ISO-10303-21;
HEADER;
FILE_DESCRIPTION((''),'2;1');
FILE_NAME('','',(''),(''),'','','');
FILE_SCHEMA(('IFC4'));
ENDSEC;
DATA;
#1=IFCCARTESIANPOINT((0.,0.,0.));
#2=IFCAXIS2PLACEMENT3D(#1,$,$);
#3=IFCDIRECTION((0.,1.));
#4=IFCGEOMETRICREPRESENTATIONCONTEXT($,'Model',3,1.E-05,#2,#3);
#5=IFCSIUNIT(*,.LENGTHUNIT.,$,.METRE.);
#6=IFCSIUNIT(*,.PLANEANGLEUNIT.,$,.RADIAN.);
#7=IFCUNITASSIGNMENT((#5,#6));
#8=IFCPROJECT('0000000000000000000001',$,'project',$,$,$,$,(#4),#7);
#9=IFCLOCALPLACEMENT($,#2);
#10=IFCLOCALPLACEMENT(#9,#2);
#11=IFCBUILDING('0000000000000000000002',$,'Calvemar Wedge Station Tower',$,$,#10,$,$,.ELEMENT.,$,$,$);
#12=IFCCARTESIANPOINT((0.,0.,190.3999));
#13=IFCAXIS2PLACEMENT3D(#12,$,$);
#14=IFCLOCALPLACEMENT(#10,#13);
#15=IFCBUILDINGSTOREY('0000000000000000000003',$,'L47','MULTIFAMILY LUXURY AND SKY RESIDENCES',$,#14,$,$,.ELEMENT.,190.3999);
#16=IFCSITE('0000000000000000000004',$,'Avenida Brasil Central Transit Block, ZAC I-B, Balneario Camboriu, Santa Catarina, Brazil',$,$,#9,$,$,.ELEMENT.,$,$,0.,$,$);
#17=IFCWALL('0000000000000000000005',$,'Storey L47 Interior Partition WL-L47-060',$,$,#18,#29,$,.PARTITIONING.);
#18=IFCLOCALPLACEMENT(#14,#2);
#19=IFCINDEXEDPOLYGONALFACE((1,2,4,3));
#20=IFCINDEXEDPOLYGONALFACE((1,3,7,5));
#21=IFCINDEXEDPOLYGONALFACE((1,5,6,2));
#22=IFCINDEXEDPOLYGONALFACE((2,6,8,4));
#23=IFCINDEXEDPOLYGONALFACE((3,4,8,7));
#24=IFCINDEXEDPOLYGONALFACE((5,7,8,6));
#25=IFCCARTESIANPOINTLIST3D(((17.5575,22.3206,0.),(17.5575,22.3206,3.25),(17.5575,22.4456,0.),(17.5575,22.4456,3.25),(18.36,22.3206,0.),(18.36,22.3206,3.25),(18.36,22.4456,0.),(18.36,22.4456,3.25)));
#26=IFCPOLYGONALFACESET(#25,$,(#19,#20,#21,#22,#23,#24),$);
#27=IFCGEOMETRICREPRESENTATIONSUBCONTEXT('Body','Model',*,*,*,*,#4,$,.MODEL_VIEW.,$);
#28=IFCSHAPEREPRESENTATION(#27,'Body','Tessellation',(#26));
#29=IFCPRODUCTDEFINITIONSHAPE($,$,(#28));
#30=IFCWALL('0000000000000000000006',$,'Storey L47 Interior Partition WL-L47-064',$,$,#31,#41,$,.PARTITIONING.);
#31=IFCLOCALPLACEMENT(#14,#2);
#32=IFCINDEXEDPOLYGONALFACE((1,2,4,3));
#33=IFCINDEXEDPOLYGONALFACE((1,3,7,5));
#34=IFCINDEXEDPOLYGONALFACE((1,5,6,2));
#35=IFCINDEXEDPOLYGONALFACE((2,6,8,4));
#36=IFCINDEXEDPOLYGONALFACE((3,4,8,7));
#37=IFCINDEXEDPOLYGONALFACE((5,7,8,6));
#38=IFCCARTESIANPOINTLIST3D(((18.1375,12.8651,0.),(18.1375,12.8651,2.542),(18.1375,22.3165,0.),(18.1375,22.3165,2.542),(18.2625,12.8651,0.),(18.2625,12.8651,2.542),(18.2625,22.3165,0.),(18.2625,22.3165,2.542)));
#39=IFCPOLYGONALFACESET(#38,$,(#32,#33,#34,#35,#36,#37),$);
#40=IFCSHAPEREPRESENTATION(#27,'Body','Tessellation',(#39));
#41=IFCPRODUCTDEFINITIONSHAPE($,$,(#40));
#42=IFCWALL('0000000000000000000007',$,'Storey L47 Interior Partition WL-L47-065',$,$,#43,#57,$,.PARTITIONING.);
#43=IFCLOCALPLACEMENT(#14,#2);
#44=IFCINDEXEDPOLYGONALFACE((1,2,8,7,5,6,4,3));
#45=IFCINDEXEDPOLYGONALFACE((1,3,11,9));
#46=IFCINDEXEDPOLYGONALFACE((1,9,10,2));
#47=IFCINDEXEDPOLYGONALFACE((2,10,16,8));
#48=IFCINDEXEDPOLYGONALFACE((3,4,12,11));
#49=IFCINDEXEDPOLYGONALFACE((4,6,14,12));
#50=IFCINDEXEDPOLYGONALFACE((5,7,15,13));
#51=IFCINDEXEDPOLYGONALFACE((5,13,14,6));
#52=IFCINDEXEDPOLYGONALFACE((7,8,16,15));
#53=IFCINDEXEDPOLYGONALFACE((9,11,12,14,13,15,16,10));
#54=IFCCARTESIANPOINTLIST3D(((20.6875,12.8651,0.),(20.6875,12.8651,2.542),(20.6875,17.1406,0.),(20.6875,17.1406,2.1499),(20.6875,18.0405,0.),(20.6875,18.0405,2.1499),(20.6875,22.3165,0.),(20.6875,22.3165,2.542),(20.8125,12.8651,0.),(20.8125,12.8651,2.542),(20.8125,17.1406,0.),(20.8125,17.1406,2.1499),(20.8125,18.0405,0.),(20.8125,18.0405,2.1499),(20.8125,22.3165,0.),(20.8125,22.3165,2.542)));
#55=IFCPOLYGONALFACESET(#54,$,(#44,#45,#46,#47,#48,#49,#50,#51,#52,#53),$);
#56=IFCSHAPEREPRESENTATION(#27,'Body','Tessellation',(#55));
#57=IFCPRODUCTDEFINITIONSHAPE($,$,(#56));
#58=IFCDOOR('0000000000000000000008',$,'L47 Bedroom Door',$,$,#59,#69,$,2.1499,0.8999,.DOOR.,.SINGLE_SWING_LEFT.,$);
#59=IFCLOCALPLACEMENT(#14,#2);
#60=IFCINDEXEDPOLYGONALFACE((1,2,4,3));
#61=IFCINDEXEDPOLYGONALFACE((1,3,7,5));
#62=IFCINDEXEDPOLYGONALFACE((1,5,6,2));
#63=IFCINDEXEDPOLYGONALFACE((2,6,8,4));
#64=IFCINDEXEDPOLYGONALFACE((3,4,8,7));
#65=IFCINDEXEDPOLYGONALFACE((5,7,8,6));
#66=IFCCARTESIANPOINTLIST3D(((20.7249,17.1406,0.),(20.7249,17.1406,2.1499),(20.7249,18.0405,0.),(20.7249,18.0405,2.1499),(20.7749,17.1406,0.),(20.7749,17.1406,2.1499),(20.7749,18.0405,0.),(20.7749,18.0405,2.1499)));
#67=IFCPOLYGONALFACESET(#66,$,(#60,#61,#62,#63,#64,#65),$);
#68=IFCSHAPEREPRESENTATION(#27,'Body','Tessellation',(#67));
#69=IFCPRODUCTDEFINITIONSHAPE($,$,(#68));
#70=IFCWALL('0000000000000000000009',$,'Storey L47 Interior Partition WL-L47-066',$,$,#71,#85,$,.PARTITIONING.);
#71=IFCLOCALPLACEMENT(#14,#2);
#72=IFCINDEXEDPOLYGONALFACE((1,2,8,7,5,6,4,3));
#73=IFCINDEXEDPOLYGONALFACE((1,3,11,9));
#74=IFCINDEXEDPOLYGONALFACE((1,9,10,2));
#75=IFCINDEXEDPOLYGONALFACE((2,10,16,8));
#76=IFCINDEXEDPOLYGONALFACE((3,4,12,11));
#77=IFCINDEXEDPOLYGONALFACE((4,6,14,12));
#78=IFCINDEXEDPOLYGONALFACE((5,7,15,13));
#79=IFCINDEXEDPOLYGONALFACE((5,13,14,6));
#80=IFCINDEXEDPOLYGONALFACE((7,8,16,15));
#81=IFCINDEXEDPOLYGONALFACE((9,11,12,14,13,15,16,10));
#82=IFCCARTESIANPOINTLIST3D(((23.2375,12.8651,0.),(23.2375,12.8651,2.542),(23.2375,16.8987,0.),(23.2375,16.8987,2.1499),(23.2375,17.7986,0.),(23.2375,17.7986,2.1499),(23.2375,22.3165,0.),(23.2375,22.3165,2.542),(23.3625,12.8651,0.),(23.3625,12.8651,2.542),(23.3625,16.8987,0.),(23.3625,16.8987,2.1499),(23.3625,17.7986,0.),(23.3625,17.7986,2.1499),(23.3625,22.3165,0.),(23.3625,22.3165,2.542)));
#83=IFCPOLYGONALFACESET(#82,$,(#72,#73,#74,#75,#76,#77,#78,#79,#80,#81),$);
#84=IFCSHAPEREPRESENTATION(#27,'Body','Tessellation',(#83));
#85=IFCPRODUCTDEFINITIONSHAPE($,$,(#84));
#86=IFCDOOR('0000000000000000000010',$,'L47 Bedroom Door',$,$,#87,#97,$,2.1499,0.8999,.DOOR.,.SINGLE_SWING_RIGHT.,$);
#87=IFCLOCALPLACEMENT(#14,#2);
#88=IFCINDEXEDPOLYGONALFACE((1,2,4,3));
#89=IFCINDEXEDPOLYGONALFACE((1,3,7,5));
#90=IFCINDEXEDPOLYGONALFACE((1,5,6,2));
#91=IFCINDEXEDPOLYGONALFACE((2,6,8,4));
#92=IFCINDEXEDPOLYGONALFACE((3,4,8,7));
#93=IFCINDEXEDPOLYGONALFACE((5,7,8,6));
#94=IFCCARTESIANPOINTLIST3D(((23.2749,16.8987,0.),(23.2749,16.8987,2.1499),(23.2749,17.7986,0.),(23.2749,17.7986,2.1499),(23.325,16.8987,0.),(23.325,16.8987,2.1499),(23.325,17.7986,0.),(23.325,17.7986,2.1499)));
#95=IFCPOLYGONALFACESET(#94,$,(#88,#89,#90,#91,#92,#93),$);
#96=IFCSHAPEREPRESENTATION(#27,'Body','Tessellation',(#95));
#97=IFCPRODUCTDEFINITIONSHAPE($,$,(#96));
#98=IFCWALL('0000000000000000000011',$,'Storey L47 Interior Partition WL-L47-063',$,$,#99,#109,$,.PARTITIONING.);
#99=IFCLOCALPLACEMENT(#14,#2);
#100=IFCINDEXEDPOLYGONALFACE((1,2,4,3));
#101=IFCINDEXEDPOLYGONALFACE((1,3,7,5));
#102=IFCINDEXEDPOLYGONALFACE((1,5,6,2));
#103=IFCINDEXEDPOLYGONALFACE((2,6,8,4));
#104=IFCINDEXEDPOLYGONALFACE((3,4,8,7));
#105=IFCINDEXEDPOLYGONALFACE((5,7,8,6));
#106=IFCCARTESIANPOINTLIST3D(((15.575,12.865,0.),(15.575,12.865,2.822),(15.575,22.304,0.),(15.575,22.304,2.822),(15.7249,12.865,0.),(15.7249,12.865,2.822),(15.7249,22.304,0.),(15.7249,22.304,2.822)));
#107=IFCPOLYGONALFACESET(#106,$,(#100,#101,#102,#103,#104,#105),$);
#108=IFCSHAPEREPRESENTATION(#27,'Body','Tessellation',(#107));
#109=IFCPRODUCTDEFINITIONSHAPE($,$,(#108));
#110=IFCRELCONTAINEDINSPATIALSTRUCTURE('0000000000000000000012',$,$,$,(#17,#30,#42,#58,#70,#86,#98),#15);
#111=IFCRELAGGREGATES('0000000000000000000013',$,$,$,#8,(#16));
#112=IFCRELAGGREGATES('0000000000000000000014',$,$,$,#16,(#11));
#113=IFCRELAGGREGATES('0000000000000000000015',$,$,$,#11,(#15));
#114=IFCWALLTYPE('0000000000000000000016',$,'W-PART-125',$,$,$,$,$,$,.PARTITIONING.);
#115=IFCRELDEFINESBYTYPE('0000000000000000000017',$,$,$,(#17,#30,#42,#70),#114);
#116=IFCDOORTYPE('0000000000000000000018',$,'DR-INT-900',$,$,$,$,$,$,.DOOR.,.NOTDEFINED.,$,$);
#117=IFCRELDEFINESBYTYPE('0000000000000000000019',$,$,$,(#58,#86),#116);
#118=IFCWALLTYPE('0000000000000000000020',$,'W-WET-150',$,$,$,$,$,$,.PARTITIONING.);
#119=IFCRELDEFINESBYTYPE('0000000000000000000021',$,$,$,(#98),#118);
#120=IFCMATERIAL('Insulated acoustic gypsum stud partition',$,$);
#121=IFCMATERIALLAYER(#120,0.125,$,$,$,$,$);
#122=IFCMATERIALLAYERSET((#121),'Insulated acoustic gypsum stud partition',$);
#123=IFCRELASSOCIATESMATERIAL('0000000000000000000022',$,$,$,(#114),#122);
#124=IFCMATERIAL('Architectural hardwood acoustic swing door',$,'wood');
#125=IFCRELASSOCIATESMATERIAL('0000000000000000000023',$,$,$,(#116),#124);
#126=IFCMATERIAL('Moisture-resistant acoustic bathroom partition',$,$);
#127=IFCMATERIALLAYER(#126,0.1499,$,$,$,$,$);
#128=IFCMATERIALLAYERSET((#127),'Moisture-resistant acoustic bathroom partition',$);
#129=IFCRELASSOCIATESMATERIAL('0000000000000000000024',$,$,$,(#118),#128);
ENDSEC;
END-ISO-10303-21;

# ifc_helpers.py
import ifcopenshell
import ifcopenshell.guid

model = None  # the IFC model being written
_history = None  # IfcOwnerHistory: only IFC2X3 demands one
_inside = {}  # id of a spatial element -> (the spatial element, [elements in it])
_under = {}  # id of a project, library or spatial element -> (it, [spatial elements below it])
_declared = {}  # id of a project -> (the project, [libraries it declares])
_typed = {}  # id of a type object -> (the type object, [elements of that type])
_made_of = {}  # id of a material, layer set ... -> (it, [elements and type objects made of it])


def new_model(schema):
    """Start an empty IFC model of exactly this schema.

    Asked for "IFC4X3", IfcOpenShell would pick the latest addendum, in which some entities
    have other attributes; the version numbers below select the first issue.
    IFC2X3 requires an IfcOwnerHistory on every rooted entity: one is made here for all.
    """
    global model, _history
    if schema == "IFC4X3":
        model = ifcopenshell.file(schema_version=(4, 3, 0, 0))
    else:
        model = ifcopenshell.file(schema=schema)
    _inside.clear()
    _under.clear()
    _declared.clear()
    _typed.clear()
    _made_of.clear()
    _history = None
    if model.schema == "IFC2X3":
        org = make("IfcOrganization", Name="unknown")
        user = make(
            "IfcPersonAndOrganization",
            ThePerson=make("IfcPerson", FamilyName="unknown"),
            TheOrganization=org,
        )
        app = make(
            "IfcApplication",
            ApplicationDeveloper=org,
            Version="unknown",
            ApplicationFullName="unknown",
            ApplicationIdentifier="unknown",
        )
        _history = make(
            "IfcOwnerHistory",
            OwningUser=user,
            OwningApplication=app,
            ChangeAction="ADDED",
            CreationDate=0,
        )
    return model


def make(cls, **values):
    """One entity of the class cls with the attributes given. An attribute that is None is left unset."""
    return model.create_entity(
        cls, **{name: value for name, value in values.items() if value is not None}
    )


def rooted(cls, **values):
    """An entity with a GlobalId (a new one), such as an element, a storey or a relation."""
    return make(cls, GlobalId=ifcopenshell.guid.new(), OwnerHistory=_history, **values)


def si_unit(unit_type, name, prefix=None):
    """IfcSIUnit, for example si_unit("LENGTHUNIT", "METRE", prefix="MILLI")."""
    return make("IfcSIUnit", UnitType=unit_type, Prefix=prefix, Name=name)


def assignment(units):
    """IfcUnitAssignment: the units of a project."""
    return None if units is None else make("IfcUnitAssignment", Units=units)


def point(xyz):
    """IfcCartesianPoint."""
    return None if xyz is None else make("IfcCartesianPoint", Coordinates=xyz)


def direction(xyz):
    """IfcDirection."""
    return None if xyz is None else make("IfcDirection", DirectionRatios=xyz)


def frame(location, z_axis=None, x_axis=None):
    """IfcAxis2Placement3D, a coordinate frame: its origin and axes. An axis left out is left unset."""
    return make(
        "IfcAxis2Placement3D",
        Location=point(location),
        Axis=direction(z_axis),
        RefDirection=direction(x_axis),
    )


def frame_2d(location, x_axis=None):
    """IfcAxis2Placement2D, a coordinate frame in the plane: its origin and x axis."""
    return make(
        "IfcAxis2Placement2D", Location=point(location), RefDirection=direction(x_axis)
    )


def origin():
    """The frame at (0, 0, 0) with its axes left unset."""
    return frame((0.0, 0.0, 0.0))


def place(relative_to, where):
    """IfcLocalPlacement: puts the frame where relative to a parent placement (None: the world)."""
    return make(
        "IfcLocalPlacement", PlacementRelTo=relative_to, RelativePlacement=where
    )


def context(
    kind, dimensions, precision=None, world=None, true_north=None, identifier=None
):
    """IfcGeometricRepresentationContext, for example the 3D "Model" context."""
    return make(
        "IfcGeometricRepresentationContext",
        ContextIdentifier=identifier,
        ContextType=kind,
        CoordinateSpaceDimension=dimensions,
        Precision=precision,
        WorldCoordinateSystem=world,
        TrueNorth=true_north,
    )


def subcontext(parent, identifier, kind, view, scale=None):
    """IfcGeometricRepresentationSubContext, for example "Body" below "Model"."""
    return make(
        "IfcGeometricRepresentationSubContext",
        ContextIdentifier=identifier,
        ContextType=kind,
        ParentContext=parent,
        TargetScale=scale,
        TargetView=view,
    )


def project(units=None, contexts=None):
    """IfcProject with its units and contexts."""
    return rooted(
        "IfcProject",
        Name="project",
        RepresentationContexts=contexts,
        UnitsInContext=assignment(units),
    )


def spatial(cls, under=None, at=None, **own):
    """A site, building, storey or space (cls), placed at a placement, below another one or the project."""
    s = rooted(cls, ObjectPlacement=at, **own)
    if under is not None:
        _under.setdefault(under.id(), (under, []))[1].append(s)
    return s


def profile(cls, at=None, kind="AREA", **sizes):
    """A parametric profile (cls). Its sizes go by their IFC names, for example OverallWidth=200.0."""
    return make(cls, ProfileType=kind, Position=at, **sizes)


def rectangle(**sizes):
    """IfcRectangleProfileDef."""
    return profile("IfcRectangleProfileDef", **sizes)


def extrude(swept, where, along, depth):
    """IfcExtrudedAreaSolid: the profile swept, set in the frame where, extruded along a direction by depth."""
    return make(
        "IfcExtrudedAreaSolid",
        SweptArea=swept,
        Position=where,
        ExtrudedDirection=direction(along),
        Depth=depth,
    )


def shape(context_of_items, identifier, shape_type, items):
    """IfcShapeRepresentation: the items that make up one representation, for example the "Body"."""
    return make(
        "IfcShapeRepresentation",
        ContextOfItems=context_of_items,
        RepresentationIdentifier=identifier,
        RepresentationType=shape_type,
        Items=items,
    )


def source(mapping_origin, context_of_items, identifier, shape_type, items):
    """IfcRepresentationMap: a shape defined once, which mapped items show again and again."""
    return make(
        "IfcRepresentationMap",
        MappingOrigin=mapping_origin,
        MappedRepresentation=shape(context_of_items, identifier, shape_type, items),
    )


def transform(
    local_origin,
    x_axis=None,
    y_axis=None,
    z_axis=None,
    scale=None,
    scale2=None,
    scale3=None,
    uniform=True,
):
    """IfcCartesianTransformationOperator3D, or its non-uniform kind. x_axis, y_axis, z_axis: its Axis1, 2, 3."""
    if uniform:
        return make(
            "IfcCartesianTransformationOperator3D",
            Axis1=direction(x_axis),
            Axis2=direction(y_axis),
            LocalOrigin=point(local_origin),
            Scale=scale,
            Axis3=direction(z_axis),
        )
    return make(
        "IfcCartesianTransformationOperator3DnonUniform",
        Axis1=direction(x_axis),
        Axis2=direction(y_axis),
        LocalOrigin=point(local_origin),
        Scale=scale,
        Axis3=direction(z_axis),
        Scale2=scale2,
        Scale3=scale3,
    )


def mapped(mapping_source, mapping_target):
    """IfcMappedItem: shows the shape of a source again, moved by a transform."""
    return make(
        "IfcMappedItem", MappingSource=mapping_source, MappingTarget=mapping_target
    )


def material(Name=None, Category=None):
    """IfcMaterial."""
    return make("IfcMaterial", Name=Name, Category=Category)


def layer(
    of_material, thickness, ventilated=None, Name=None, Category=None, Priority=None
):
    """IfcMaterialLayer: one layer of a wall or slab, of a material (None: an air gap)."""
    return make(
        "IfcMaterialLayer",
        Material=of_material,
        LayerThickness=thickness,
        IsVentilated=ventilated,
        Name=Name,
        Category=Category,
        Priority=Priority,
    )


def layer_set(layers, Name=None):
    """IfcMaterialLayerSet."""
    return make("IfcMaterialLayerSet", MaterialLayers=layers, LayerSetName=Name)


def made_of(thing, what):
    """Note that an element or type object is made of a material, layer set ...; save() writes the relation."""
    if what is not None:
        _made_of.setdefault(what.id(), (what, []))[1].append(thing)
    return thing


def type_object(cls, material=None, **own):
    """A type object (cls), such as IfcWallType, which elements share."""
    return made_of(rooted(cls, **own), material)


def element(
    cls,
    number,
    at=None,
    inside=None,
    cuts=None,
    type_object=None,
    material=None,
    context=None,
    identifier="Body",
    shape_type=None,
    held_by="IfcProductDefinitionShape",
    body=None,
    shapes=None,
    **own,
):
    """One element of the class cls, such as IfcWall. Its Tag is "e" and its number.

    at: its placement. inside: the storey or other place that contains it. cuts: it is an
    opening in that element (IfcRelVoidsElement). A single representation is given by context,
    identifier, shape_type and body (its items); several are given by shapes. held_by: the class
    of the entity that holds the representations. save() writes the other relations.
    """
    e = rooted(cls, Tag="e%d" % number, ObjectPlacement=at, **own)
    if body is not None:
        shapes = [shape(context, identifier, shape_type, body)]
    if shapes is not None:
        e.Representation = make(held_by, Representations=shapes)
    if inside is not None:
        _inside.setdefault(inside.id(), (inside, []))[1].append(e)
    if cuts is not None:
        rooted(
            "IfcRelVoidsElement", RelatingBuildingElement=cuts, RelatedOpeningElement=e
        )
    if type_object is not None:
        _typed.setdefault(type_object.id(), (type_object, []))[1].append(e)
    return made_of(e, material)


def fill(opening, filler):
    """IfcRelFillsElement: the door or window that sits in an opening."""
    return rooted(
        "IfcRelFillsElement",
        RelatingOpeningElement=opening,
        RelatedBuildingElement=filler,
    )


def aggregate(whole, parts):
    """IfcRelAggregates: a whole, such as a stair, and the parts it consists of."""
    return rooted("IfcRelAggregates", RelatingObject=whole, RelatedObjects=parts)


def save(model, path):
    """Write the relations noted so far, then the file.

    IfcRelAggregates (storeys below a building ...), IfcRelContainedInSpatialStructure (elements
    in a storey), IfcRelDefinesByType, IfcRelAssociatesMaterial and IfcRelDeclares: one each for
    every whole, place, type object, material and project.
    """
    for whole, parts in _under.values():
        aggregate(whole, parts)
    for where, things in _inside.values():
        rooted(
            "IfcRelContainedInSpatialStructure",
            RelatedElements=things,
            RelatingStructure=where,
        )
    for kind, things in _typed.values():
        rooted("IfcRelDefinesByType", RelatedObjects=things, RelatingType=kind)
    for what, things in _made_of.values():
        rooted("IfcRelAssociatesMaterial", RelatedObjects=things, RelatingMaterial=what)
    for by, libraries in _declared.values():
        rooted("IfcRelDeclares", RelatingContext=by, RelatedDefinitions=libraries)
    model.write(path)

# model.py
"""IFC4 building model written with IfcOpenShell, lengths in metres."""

from ifc_helpers import new_model, si_unit, direction, frame, frame_2d, origin, place, context, subcontext, project, spatial, rectangle, extrude, source, transform, mapped, material, layer, layer_set, type_object, element, fill, save


model = new_model("IFC4")

# Units and contexts
model_context = context("Model", 3, precision=1e-05, world=origin(), true_north=direction((0.0, 1.0)))
body_context = subcontext(model_context, "Body", "Model", "MODEL_VIEW")
ifc_project = project(units=[si_unit("LENGTHUNIT", "METRE"), si_unit("PLANEANGLEUNIT", "RADIAN")], contexts=[model_context])

# Site, building, storey
site_placement = place(None, origin())
site = spatial("IfcSite", under=ifc_project, at=site_placement, Name="Avenida Brasil Central Transit Block, ZAC I-B, Balneario Camboriu, Santa Catarina, Brazil", CompositionType="ELEMENT", RefElevation=0.0)
building_placement = place(site_placement, origin())
building = spatial("IfcBuilding", under=site, at=building_placement, Name="Calvemar Wedge Station Tower", CompositionType="ELEMENT")
storey_placement = place(building_placement, frame((0.0, 0.0, 190.3999)))
storey = spatial("IfcBuildingStorey", under=building, at=storey_placement, Name="L47", Description="MULTIFAMILY LUXURY AND SKY RESIDENCES", CompositionType="ELEMENT", Elevation=190.3999)

# Shared definitions
ifc_material_1 = material(Name="Insulated acoustic gypsum stud partition")
ifc_layer_1 = layer(ifc_material_1, 0.125)
ifc_layer_set_1 = layer_set([ifc_layer_1], Name="Insulated acoustic gypsum stud partition")
wall_type_1 = type_object("IfcWallType", Name="W-PART-125", PredefinedType="PARTITIONING", material=ifc_layer_set_1)
shared_shape_1 = source(origin(), body_context, "Body", "SweptSolid", [
    extrude(rectangle(XDim=0.8999, YDim=2.1499, at=frame_2d((0.45, 1.075))), frame((0.0, 0.0725, 0.0), z_axis=(0.0, -1.0, 0.0), x_axis=(1.0, 0.0, 0.0)), (0.0, 0.0, 1.0), 0.145),
])
ifc_material_2 = material(Name="Architectural hardwood acoustic swing door", Category="wood")
door_type_1 = type_object("IfcDoorType", Name="DR-INT-900", OperationType="NOTDEFINED", PredefinedType="DOOR", material=ifc_material_2)
shared_shape_2 = source(origin(), body_context, "Body", "SweptSolid", [
    extrude(rectangle(XDim=0.8999, YDim=2.1499, at=frame_2d((0.45, 1.075))), frame((0.0, 0.0249, 0.0), z_axis=(0.0, -1.0, 0.0), x_axis=(1.0, 0.0, 0.0)), (0.0, 0.0, 1.0), 0.05),
])

# Wall
wall_1_placement = place(storey_placement, frame((18.3601, 22.3831, 0.0), z_axis=(0.0, 0.0, 1.0), x_axis=(-1.0, 0.0, 0.0)))
element("IfcWall", 1, at=wall_1_placement, inside=storey, type_object=wall_type_1, Name="Storey L47 Interior Partition WL-L47-060", PredefinedType="PARTITIONING", context=body_context, shape_type="SweptSolid", body=[
    extrude(rectangle(XDim=0.8025, YDim=0.125, at=frame_2d((0.4014, 0.0))), origin(), (0.0, 0.0, 1.0), 3.25),
])

# Wall
wall_2_placement = place(storey_placement, frame((18.2, 22.3164, 0.0), z_axis=(0.0, 0.0, 1.0), x_axis=(0.0, -1.0, 0.0)))
element("IfcWall", 2, at=wall_2_placement, inside=storey, type_object=wall_type_1, Name="Storey L47 Interior Partition WL-L47-064", PredefinedType="PARTITIONING", context=body_context, shape_type="SweptSolid", body=[
    extrude(rectangle(XDim=9.4514, YDim=0.125, at=frame_2d((4.7256, 0.0))), origin(), (0.0, 0.0, 1.0), 2.542),
])

# Walls, openings, doors
wall_3_placement = place(storey_placement, frame((20.75, 22.3164, 0.0), z_axis=(0.0, 0.0, 1.0), x_axis=(0.0, -1.0, 0.0)))
wall_3 = element("IfcWall", 3, at=wall_3_placement, inside=storey, type_object=wall_type_1, Name="Storey L47 Interior Partition WL-L47-065", PredefinedType="PARTITIONING", context=body_context, shape_type="SweptSolid", body=[
    extrude(rectangle(XDim=9.4514, YDim=0.125, at=frame_2d((4.7256, 0.0))), origin(), (0.0, 0.0, 1.0), 2.542),
])
opening_1_placement = place(wall_3_placement, frame((4.2759, 0.0, 0.0)))
opening_1 = element("IfcOpeningElement", 4, at=opening_1_placement, cuts=wall_3, PredefinedType="OPENING", context=body_context, shape_type="MappedRepresentation", body=[
    mapped(shared_shape_1, transform((0.0, 0.0, 0.0), scale=1.0)),
])
door_1_placement = place(opening_1_placement, origin())
door_1 = element("IfcDoor", 5, at=door_1_placement, inside=storey, type_object=door_type_1, Name="L47 Bedroom Door", OperationType="SINGLE_SWING_LEFT", OverallHeight=2.1499, OverallWidth=0.8999, PredefinedType="DOOR", context=body_context, shape_type="MappedRepresentation", body=[
    mapped(shared_shape_2, transform((0.0, 0.0, 0.0), scale=1.0)),
])
fill(opening_1, door_1)
wall_4_placement = place(storey_placement, frame((23.3, 22.3164, 0.0), z_axis=(0.0, 0.0, 1.0), x_axis=(0.0, -1.0, 0.0)))
wall_4 = element("IfcWall", 6, at=wall_4_placement, inside=storey, type_object=wall_type_1, Name="Storey L47 Interior Partition WL-L47-066", PredefinedType="PARTITIONING", context=body_context, shape_type="SweptSolid", body=[
    extrude(rectangle(XDim=9.4514, YDim=0.125, at=frame_2d((4.7256, 0.0))), origin(), (0.0, 0.0, 1.0), 2.542),
])
opening_2_placement = place(wall_4_placement, frame((4.5178, 0.0, 0.0)))
opening_2 = element("IfcOpeningElement", 7, at=opening_2_placement, cuts=wall_4, PredefinedType="OPENING", context=body_context, shape_type="MappedRepresentation", body=[
    mapped(shared_shape_1, transform((0.0, 0.0, 0.0), scale=1.0)),
])
door_2_placement = place(opening_2_placement, origin())
door_2 = element("IfcDoor", 8, at=door_2_placement, inside=storey, type_object=door_type_1, Name="L47 Bedroom Door", OperationType="SINGLE_SWING_RIGHT", OverallHeight=2.1499, OverallWidth=0.8999, PredefinedType="DOOR", context=body_context, shape_type="MappedRepresentation", body=[
    mapped(shared_shape_2, transform((0.0, 0.0, 0.0), scale=1.0)),
])
fill(opening_2, door_2)
ifc_material_3 = material(Name="Moisture-resistant acoustic bathroom partition")
ifc_layer_2 = layer(ifc_material_3, 0.1499)
ifc_layer_set_2 = layer_set([ifc_layer_2], Name="Moisture-resistant acoustic bathroom partition")
wall_type_2 = type_object("IfcWallType", Name="W-WET-150", PredefinedType="PARTITIONING", material=ifc_layer_set_2)

# Wall
wall_5_placement = place(storey_placement, frame((15.6499, 22.304, 0.0), z_axis=(0.0, 0.0, 1.0), x_axis=(0.0, -1.0, 0.0)))
element("IfcWall", 9, at=wall_5_placement, inside=storey, type_object=wall_type_2, Name="Storey L47 Interior Partition WL-L47-063", PredefinedType="PARTITIONING", context=body_context, shape_type="SweptSolid", body=[
    extrude(rectangle(XDim=9.439, YDim=0.1499, at=frame_2d((4.7195, 0.0))), origin(), (0.0, 0.0, 1.0), 2.822),
])

save(model, "model.ifc")
